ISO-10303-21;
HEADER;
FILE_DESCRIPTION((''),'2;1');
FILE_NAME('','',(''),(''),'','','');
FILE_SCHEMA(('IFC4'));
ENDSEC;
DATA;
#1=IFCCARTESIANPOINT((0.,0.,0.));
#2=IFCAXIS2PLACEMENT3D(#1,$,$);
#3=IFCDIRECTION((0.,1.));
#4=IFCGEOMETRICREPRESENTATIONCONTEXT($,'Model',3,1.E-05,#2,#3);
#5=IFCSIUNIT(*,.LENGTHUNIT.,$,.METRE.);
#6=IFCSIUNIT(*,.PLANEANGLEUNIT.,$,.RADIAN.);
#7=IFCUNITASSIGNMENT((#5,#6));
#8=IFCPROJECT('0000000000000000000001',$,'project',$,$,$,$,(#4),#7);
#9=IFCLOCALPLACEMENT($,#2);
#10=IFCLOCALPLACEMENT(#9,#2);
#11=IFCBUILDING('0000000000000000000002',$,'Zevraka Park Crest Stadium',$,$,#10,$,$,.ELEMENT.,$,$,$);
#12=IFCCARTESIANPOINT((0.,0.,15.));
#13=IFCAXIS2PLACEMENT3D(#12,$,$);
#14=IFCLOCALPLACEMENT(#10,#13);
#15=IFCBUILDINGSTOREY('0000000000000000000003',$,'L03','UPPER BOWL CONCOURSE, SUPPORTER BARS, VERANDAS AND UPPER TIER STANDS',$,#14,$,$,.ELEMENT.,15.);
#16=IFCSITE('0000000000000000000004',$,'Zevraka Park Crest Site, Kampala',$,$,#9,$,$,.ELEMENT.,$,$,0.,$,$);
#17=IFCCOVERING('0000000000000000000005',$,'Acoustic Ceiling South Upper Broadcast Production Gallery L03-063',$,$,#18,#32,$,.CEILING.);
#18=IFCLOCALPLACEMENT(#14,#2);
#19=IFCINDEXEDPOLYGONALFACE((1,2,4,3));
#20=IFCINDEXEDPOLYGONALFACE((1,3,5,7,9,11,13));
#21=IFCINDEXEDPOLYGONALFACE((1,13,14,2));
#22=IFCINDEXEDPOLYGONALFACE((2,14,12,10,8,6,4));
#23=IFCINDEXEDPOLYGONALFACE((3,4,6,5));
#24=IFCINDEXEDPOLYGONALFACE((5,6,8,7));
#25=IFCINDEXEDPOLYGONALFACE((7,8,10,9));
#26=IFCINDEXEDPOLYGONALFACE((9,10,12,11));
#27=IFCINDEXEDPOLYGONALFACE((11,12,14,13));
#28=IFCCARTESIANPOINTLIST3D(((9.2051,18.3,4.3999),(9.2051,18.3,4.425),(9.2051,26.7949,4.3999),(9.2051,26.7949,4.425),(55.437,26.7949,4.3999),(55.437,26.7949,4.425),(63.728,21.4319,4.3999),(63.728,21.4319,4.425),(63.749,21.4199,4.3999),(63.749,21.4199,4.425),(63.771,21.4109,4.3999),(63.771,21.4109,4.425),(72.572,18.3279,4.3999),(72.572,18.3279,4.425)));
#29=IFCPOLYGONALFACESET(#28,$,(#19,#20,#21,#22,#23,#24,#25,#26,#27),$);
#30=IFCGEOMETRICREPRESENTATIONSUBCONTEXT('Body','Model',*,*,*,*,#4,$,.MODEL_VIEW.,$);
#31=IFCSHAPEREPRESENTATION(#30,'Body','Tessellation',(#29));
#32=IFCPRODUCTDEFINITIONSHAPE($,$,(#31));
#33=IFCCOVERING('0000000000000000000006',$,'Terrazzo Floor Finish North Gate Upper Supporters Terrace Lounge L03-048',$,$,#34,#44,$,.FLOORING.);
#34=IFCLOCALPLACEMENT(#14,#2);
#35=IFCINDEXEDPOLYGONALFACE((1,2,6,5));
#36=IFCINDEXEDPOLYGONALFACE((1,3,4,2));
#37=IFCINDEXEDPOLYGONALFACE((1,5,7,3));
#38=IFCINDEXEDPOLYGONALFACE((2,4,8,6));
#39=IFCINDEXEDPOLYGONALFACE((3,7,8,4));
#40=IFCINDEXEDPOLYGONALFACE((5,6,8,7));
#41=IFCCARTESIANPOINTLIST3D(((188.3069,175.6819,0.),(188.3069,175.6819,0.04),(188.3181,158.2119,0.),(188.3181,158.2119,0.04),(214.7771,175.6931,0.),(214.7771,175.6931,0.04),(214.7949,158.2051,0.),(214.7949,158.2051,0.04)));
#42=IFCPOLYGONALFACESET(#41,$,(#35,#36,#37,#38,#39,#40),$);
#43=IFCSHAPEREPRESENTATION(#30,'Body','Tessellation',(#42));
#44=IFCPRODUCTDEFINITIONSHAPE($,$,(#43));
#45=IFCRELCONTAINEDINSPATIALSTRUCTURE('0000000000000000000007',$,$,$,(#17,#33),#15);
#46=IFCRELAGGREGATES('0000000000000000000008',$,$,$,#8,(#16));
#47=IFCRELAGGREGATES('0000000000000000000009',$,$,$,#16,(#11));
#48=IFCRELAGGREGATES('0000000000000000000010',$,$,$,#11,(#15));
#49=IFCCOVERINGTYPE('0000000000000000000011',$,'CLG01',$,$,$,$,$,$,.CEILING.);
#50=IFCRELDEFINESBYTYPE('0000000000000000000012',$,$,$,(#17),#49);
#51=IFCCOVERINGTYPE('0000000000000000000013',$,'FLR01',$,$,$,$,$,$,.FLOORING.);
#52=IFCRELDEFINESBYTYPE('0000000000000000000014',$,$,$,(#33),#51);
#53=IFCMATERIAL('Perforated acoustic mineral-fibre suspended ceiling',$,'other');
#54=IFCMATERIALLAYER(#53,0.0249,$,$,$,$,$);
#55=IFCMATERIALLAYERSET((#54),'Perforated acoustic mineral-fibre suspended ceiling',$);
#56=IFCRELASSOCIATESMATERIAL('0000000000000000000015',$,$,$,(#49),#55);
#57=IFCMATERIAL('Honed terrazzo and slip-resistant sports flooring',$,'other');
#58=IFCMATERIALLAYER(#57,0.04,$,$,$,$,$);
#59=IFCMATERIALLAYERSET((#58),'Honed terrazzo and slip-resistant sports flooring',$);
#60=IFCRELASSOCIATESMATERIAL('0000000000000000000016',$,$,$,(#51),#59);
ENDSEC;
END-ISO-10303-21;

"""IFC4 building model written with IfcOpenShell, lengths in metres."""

from ifc_helpers import new_model, si_unit, direction, frame, origin, place, context, subcontext, project, spatial, polyline, outline, extrude, material, layer, layer_set, type_object, element, save


model = new_model("IFC4")

# Units and contexts
model_context = context("Model", 3, precision=1e-05, world=origin(), true_north=direction((0.0, 1.0)))
body_context = subcontext(model_context, "Body", "Model", "MODEL_VIEW")
ifc_project = project(units=[si_unit("LENGTHUNIT", "METRE"), si_unit("PLANEANGLEUNIT", "RADIAN")], contexts=[model_context])

# Site, building, storey
site_placement = place(None, origin())
site = spatial("IfcSite", under=ifc_project, at=site_placement, Name="Zevraka Park Crest Site, Kampala", CompositionType="ELEMENT", RefElevation=0.0)
building_placement = place(site_placement, origin())
building = spatial("IfcBuilding", under=site, at=building_placement, Name="Zevraka Park Crest Stadium", CompositionType="ELEMENT")
storey_placement = place(building_placement, frame((0.0, 0.0, 15.0)))
storey = spatial("IfcBuildingStorey", under=building, at=storey_placement, Name="L03", Description="UPPER BOWL CONCOURSE, SUPPORTER BARS, VERANDAS AND UPPER TIER STANDS", CompositionType="ELEMENT", Elevation=15.0)

# Coverings
ifc_material_1 = material(Name="Perforated acoustic mineral-fibre suspended ceiling", Category="other")
ifc_layer_1 = layer(ifc_material_1, 0.0249)
ifc_layer_set_1 = layer_set([ifc_layer_1], Name="Perforated acoustic mineral-fibre suspended ceiling")
covering_type_1 = type_object("IfcCoveringType", Name="CLG01", PredefinedType="CEILING", material=ifc_layer_set_1)
covering_1_placement = place(storey_placement, frame((0.0, 0.0, 4.3999)))
element("IfcCovering", 1, at=covering_1_placement, inside=storey, type_object=covering_type_1, Name="Acoustic Ceiling South Upper Broadcast Production Gallery L03-063", PredefinedType="CEILING", context=body_context, shape_type="SweptSolid", body=[
    extrude(outline(polyline([(9.2051, 26.7949), (55.437, 26.7949), (63.728, 21.4319), (63.749, 21.4199), (63.771, 21.4109), (72.572, 18.3279), (9.2051, 18.3), (9.2051, 26.7949)])), origin(), (0.0, 0.0, 1.0), 0.0251),
])
ifc_material_2 = material(Name="Honed terrazzo and slip-resistant sports flooring", Category="other")
ifc_layer_2 = layer(ifc_material_2, 0.04)
ifc_layer_set_2 = layer_set([ifc_layer_2], Name="Honed terrazzo and slip-resistant sports flooring")
covering_type_2 = type_object("IfcCoveringType", Name="FLR01", PredefinedType="FLOORING", material=ifc_layer_set_2)
covering_2_placement = place(storey_placement, origin())
element("IfcCovering", 2, at=covering_2_placement, inside=storey, type_object=covering_type_2, Name="Terrazzo Floor Finish North Gate Upper Supporters Terrace Lounge L03-048", PredefinedType="FLOORING", context=body_context, shape_type="SweptSolid", body=[
    extrude(outline(polyline([(214.7949, 158.2051), (188.3181, 158.2119), (188.3069, 175.6819), (214.7771, 175.6931), (214.7949, 158.2051)])), origin(), (0.0, 0.0, 1.0), 0.04),
])

save(model, "model.ifc")
